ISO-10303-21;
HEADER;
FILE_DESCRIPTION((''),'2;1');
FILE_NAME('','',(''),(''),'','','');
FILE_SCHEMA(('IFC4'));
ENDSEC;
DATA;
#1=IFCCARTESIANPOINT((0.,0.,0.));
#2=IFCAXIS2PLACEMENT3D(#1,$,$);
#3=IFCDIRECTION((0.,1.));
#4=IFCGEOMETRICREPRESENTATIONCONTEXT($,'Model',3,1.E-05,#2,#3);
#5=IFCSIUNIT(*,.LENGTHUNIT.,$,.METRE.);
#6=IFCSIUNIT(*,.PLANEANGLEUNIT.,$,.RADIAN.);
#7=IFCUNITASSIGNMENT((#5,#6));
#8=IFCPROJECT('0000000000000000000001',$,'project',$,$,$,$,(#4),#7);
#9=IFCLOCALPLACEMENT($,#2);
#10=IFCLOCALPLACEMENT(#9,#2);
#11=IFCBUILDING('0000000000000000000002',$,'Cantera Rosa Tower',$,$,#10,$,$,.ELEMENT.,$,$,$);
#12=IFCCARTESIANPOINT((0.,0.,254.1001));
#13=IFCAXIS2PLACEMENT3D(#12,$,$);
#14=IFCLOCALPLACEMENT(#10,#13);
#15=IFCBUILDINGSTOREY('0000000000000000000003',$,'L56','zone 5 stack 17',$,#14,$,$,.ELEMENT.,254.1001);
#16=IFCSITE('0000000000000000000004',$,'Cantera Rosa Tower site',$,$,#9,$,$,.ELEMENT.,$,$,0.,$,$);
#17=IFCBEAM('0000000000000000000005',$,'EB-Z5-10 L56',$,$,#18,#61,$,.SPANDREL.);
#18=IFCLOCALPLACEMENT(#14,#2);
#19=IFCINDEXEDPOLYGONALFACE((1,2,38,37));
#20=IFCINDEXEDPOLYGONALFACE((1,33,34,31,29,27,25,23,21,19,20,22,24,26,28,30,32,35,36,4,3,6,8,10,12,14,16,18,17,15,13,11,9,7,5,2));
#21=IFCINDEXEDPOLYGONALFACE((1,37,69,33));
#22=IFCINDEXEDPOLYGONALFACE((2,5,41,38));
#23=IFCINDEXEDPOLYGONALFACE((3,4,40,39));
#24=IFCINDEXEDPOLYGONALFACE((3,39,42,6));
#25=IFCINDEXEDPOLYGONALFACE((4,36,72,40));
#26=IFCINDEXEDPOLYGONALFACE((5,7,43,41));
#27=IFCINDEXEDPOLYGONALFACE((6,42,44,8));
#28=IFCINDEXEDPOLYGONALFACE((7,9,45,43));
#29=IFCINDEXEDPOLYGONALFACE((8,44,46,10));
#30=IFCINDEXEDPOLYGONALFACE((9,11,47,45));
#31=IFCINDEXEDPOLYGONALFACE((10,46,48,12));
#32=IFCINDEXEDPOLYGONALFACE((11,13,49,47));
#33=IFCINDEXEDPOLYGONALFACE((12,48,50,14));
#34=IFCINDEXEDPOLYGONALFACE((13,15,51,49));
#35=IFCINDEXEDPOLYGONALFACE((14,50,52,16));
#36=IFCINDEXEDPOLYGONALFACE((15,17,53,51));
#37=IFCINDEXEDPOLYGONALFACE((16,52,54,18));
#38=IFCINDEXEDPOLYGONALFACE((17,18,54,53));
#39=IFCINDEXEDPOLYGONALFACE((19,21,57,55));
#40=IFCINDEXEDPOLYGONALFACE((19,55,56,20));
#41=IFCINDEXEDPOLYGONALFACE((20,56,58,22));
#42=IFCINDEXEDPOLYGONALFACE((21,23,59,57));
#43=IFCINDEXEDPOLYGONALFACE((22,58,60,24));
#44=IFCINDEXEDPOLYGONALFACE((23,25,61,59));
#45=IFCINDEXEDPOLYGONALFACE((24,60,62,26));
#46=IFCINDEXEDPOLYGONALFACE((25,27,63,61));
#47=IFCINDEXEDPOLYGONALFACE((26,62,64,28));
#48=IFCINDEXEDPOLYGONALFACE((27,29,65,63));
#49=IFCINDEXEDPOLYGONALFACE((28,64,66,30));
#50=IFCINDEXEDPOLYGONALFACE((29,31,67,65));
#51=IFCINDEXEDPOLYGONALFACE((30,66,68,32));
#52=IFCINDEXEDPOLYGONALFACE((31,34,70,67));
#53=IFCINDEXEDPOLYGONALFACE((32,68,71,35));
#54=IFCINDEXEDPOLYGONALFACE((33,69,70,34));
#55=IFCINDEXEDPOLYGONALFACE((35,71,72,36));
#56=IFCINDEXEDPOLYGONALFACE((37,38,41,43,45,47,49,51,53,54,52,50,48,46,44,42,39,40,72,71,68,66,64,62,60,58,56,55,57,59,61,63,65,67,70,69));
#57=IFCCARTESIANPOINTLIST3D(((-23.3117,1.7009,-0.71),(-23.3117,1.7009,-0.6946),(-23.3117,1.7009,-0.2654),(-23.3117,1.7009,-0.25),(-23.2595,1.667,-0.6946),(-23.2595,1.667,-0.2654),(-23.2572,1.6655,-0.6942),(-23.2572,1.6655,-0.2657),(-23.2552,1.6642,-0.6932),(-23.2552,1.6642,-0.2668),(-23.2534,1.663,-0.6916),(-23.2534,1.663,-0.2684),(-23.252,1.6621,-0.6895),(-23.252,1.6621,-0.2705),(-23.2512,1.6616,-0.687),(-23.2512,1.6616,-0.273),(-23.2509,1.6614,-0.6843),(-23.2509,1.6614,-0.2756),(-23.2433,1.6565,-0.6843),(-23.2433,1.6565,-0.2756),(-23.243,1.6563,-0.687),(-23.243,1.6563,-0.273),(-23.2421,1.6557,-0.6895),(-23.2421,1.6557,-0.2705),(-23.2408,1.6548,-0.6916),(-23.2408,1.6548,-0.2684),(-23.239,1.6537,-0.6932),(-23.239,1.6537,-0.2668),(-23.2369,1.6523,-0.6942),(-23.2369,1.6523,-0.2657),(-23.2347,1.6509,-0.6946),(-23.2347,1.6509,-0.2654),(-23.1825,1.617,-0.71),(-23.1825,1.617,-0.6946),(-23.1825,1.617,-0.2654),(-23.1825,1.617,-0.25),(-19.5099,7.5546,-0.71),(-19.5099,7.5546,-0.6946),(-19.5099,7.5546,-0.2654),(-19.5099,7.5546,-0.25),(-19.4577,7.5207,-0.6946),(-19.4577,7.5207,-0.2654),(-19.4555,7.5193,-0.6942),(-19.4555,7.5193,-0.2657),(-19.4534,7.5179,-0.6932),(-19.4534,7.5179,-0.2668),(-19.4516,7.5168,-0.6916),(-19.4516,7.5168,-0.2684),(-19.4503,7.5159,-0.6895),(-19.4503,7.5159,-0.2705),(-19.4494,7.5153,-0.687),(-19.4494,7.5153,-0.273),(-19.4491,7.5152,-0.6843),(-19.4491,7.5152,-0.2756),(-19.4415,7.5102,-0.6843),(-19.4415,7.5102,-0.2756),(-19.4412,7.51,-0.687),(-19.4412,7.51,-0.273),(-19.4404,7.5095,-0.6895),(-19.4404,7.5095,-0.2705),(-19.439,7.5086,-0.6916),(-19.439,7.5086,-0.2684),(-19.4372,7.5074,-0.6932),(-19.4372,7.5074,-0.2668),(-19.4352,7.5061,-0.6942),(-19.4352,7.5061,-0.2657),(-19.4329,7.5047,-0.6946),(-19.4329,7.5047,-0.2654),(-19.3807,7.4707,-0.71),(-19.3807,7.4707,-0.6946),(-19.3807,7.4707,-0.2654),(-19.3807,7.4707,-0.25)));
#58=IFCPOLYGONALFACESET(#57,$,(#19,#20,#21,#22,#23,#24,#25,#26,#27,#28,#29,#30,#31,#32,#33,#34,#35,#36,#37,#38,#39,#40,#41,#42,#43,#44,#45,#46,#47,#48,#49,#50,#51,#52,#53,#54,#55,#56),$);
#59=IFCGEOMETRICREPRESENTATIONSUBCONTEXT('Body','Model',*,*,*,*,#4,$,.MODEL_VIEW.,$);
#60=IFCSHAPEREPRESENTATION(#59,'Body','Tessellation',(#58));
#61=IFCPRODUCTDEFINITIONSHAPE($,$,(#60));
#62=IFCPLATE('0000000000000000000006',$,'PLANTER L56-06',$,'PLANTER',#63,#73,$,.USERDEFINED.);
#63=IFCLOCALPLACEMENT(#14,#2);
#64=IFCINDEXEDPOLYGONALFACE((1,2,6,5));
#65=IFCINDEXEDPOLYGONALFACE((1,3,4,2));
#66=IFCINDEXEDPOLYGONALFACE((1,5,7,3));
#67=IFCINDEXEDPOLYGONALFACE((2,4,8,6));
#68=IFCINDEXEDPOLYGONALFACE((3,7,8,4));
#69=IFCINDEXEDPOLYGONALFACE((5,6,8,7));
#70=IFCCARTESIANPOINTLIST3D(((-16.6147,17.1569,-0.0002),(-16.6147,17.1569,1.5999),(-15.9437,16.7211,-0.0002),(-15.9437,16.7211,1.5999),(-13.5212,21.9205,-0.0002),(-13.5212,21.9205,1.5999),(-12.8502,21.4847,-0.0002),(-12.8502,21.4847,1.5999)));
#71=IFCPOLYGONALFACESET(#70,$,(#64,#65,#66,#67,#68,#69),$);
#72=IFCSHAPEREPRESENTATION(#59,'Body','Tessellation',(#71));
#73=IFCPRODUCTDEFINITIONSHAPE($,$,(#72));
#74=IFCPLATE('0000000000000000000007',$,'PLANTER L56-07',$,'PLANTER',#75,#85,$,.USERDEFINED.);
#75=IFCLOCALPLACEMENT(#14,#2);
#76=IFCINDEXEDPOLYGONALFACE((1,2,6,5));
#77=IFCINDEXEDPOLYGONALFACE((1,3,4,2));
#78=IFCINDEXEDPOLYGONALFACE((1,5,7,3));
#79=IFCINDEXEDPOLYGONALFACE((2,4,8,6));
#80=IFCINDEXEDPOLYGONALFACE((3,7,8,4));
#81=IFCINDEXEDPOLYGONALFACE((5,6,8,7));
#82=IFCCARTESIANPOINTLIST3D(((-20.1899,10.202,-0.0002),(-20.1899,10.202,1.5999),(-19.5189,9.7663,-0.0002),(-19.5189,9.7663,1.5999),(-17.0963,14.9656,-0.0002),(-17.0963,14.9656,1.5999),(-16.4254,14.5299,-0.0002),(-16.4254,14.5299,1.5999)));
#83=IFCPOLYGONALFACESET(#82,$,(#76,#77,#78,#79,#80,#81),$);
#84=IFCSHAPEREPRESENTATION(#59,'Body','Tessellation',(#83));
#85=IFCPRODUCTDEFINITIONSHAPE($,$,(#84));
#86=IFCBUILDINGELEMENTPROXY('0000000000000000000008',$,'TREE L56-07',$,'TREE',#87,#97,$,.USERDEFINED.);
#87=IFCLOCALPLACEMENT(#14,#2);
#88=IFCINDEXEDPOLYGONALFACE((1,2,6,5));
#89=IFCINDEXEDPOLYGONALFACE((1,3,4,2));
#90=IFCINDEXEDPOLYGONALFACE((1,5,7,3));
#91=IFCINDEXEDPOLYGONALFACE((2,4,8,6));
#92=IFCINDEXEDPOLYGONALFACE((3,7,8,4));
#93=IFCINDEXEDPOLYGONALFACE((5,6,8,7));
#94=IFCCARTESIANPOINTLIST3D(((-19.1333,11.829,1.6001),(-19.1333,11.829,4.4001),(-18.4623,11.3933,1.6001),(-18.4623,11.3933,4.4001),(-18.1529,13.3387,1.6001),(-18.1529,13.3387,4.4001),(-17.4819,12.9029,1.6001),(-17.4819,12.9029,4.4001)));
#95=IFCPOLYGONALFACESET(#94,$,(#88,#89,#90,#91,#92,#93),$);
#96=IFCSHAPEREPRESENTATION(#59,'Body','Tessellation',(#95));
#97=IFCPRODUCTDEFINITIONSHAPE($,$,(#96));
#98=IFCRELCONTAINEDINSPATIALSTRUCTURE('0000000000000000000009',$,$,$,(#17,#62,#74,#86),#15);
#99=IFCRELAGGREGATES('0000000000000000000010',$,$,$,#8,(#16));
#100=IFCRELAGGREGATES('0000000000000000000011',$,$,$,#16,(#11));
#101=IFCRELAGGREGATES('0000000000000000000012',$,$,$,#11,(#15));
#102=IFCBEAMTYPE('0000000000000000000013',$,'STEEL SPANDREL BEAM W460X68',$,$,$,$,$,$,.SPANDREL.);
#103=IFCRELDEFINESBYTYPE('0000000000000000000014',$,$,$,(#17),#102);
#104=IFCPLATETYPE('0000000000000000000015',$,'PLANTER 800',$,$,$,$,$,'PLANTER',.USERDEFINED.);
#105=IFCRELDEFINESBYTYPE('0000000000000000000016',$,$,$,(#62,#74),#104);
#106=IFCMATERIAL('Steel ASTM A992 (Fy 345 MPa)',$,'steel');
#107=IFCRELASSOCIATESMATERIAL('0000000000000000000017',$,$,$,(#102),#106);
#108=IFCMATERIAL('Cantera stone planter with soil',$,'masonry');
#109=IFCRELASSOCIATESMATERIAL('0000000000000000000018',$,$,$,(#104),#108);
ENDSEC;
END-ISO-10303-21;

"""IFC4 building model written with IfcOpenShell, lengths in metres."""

from ifc_helpers import new_model, si_unit, direction, frame, origin, origin_2d, place, context, subcontext, project, spatial, rectangle, i_section, extrude, material, material_profile, profile_set, type_object, element, save


model = new_model("IFC4")

# Units and contexts
model_context = context("Model", 3, precision=1e-05, world=origin(), true_north=direction((0.0, 1.0)))
body_context = subcontext(model_context, "Body", "Model", "MODEL_VIEW")
ifc_project = project(units=[si_unit("LENGTHUNIT", "METRE"), si_unit("PLANEANGLEUNIT", "RADIAN")], contexts=[model_context])

# Site, building, storey
site_placement = place(None, origin())
site = spatial("IfcSite", under=ifc_project, at=site_placement, Name="Cantera Rosa Tower site", CompositionType="ELEMENT", RefElevation=0.0)
building_placement = place(site_placement, origin())
building = spatial("IfcBuilding", under=site, at=building_placement, Name="Cantera Rosa Tower", CompositionType="ELEMENT")
storey_placement = place(building_placement, frame((0.0, 0.0, 254.1001)))
storey = spatial("IfcBuildingStorey", under=building, at=storey_placement, Name="L56", Description="zone 5 stack 17", CompositionType="ELEMENT", Elevation=254.1001)

# Beam
ifc_material_1 = material(Name="Steel ASTM A992 (Fy 345 MPa)", Category="steel")
ifc_material_profile_1 = material_profile(ifc_material_1, i_section(OverallWidth=0.1541, OverallDepth=0.46, WebThickness=0.009, FlangeThickness=0.0154, FilletRadius=0.0103, at=origin_2d()), Name="W460X68")
ifc_profile_set_1 = profile_set([ifc_material_profile_1], Name="Steel ASTM A992 (Fy 345 MPa)")
beam_type_1 = type_object("IfcBeamType", Name="STEEL SPANDREL BEAM W460X68", PredefinedType="SPANDREL", material=ifc_profile_set_1)
beam_1_placement = place(storey_placement, frame((-19.4453, 7.5127, -0.48), z_axis=(-0.544667, -0.838652, 0.0), x_axis=(0.838652, -0.544667, 0.0)))
element("IfcBeam", 1, at=beam_1_placement, inside=storey, type_object=beam_type_1, Name="EB-Z5-10 L56", PredefinedType="SPANDREL", context=body_context, shape_type="SweptSolid", body=[
    extrude(i_section(OverallWidth=0.1541, OverallDepth=0.46, WebThickness=0.009, FlangeThickness=0.0154, FilletRadius=0.0103, at=origin_2d()), origin(), (0.0, 0.0, 1.0), 6.98),
])

# Plates
ifc_material_2 = material(Name="Cantera stone planter with soil", Category="masonry")
plate_type = type_object("IfcPlateType", Name="PLANTER 800", ElementType="PLANTER", PredefinedType="USERDEFINED", material=ifc_material_2)
for number, where, z_axis, x_axis, name in (
    (2, (-14.7324, 19.3208, -0.0002), (0.0, 0.0, 1.0), (-0.544639, -0.838671, 0.0), "PLANTER L56-06"),
    (3, (-18.3076, 12.366, -0.0002), (0.0, 0.0, 1.0), (-0.544639, -0.838671, 0.0), "PLANTER L56-07"),
):
    element("IfcPlate", number, at=place(storey_placement, frame(where, z_axis=z_axis, x_axis=x_axis)), inside=storey, type_object=plate_type, Name=name, ObjectType="PLANTER", PredefinedType="USERDEFINED", context=body_context, shape_type="SweptSolid", body=[
        extrude(rectangle(XDim=5.6799, YDim=0.8, at=origin_2d()), origin(), (0.0, 0.0, 1.0), 1.6001),
    ])

# Building element proxy
proxy_placement = place(storey_placement, frame((-18.3076, 12.366, 1.6001), z_axis=(0.0, 0.0, 1.0), x_axis=(-0.544639, -0.838671, 0.0)))
element("IfcBuildingElementProxy", 4, at=proxy_placement, inside=storey, Name="TREE L56-07", ObjectType="TREE", PredefinedType="USERDEFINED", context=body_context, shape_type="SweptSolid", body=[
    extrude(rectangle(XDim=1.8, YDim=0.8, at=origin_2d()), origin(), (0.0, 0.0, 1.0), 2.8),
])

save(model, "model.ifc")
